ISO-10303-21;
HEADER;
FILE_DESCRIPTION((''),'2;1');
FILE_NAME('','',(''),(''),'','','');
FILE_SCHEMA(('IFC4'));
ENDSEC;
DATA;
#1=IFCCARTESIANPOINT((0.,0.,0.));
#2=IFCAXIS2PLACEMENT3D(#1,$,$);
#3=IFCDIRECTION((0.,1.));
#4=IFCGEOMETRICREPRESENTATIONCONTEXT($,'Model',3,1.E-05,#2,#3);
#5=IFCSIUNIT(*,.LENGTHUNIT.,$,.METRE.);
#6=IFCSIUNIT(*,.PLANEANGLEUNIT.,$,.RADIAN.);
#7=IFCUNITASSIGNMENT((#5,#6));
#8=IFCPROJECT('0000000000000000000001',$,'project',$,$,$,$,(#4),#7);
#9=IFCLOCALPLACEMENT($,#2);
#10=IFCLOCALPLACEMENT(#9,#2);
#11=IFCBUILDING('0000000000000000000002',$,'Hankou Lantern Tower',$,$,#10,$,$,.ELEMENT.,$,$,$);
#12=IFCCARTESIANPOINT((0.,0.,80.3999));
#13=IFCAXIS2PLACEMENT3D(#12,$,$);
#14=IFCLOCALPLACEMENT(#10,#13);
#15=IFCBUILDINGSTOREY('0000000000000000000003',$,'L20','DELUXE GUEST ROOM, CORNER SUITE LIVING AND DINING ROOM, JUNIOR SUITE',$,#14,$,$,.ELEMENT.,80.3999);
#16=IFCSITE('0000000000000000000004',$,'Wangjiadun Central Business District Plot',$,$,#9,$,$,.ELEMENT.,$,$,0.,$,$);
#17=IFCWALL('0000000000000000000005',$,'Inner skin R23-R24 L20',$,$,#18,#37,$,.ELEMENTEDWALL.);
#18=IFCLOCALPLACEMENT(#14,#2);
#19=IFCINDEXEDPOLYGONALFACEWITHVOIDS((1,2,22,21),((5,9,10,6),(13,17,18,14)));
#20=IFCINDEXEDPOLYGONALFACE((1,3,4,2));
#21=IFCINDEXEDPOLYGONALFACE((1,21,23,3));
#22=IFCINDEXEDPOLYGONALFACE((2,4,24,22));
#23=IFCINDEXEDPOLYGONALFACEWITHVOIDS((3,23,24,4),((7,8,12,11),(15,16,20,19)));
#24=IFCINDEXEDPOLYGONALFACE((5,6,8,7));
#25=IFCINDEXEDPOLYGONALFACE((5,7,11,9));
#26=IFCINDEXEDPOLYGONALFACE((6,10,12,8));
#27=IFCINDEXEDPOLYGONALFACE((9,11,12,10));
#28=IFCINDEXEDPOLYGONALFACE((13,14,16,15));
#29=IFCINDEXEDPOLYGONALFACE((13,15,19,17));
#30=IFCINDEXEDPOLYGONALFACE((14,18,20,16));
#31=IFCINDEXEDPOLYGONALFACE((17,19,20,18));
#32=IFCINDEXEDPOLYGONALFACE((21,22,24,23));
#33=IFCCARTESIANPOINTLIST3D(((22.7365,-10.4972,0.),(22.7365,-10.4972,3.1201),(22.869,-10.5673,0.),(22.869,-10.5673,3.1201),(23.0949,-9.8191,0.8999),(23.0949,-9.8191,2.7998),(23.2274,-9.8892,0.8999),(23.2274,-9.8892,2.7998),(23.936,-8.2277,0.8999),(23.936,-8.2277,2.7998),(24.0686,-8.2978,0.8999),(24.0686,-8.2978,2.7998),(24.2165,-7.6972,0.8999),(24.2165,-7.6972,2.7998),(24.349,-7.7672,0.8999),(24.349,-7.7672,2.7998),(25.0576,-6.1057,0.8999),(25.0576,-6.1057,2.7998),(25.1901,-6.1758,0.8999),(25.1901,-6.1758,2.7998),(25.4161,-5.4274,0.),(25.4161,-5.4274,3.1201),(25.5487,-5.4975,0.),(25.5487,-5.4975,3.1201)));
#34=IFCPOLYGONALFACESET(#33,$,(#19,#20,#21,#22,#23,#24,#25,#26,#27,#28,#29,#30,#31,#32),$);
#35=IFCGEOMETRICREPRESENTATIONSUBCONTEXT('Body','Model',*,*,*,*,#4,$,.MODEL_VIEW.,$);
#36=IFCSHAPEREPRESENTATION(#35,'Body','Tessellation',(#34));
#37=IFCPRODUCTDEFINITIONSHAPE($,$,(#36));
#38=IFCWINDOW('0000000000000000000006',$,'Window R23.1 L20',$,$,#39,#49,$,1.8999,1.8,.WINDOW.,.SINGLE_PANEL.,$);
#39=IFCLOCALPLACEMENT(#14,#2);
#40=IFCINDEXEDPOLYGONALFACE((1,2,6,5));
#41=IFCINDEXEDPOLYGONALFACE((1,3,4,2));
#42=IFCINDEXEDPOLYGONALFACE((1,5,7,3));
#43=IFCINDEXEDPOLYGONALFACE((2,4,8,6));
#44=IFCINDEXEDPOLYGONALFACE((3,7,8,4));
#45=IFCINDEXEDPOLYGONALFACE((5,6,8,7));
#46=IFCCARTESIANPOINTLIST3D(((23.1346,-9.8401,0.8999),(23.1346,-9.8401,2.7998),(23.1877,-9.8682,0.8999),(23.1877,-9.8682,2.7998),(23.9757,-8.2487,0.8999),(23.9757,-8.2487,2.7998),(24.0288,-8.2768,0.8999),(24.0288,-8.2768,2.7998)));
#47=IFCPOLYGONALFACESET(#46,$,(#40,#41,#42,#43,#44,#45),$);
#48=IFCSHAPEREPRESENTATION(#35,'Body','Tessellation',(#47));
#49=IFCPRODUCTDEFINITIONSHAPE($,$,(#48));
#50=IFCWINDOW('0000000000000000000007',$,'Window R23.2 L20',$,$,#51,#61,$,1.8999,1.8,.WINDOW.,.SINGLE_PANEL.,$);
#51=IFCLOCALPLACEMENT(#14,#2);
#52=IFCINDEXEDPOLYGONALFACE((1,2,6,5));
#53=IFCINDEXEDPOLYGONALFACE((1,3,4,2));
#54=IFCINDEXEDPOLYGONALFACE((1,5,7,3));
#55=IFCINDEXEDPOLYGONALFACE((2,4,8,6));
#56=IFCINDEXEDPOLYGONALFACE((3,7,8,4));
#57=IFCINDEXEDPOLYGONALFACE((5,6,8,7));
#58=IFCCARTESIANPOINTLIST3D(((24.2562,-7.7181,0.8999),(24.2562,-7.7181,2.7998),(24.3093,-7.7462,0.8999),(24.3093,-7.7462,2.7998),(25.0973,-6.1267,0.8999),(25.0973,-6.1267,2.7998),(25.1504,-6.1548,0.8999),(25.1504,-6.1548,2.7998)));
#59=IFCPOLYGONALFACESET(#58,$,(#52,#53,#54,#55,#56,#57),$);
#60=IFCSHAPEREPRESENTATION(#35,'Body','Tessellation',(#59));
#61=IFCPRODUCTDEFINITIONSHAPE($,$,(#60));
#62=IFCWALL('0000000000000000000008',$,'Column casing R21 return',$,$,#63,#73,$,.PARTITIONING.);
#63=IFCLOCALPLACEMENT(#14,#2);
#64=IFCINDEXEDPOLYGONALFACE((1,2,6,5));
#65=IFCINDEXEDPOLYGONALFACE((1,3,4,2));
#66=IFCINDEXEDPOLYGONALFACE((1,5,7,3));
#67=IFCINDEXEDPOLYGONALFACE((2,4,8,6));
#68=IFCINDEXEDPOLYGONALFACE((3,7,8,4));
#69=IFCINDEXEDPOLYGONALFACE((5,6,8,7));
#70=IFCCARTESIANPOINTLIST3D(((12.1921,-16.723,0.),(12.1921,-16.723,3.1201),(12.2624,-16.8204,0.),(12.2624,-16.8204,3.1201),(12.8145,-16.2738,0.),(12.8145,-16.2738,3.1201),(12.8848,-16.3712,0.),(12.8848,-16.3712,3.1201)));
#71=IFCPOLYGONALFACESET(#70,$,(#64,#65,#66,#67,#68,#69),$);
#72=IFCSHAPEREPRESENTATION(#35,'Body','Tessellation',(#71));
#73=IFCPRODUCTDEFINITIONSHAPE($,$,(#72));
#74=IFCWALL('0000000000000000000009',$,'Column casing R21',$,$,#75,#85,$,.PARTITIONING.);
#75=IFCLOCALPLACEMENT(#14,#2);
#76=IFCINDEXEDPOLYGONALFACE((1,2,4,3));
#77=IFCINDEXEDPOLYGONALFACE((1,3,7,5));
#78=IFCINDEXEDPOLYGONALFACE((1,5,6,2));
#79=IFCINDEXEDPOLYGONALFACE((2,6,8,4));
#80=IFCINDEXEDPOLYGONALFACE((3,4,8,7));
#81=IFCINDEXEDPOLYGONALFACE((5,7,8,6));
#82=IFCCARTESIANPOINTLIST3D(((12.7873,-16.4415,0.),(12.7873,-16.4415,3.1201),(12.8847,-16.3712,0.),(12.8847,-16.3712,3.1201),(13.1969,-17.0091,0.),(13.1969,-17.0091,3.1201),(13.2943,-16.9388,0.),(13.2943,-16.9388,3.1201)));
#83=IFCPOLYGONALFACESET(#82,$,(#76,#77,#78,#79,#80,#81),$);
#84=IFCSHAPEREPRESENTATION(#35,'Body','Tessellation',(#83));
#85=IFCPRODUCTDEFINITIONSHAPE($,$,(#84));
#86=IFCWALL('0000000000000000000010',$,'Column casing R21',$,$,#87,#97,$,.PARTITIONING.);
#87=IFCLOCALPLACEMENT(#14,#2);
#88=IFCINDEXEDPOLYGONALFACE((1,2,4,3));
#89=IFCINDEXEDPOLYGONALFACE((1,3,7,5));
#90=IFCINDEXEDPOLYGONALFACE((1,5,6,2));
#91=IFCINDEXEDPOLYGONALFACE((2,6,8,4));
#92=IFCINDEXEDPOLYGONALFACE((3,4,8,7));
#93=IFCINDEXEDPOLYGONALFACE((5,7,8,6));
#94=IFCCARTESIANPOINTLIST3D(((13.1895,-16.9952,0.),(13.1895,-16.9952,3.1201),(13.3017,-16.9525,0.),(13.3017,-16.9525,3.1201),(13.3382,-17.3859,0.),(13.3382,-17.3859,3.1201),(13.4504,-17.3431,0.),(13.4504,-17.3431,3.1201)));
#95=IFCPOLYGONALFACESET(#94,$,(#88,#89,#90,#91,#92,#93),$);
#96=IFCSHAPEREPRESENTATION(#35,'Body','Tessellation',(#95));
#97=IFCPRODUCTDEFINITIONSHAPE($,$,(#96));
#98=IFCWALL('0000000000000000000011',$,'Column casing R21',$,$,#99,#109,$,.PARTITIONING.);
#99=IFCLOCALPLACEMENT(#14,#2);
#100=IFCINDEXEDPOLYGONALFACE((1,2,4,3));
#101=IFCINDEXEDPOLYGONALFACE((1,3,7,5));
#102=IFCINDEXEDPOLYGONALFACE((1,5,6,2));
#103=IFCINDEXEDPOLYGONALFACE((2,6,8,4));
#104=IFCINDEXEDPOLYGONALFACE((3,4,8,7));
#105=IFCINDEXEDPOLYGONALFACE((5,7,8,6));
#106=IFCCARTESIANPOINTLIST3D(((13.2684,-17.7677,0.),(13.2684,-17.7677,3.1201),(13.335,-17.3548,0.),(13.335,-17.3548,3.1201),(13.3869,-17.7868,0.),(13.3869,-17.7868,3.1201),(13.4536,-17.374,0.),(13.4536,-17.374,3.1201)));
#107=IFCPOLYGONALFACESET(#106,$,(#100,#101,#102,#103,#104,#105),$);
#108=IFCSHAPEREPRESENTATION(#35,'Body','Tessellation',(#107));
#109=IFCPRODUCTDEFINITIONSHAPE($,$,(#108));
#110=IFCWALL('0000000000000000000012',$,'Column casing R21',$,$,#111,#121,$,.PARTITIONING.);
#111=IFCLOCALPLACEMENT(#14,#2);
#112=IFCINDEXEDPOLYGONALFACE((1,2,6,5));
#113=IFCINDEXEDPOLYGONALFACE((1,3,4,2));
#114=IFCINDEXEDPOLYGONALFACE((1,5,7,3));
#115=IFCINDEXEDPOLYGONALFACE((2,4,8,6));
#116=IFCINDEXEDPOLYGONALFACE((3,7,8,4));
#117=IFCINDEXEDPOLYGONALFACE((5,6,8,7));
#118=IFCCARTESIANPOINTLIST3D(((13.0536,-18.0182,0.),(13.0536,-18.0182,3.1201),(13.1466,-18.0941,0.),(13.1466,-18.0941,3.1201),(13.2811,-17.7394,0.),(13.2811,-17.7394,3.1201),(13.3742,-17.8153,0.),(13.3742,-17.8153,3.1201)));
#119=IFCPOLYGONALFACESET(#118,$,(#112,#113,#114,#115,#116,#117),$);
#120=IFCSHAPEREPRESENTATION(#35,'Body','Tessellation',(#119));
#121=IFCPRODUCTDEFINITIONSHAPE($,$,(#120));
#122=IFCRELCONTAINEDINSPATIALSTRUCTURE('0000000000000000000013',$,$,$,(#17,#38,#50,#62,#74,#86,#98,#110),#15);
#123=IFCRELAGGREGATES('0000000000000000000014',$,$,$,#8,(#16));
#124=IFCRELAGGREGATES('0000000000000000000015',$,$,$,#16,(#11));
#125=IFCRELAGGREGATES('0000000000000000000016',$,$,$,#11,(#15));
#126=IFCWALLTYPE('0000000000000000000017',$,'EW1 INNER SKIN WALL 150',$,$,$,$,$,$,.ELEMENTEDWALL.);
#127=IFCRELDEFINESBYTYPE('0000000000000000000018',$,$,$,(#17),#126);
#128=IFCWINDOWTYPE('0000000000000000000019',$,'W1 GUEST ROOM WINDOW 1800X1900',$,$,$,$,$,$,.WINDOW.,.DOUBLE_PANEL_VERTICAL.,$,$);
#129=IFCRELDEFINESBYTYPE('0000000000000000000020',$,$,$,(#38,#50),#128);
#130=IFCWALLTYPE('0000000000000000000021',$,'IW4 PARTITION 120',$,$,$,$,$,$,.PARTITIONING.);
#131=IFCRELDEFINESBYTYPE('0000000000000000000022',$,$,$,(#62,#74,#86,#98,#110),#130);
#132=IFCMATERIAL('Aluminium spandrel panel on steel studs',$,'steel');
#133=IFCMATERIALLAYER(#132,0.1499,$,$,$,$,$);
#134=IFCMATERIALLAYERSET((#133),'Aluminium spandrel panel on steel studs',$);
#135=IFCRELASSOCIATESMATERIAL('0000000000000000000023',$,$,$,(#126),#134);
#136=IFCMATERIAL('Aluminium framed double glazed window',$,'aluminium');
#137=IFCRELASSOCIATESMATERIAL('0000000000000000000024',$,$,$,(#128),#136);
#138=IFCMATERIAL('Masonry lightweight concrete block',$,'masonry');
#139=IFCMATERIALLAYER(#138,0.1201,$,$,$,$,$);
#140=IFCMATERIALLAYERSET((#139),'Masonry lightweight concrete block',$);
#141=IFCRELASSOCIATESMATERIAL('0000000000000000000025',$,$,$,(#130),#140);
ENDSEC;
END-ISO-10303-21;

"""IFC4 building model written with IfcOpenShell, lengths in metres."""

from ifc_helpers import new_model, si_unit, direction, frame, frame_2d, origin, place, context, subcontext, project, spatial, rectangle, extrude, material, layer, layer_set, type_object, element, fill, save


model = new_model("IFC4")

# Units and contexts
model_context = context("Model", 3, precision=1e-05, world=origin(), true_north=direction((0.0, 1.0)))
body_context = subcontext(model_context, "Body", "Model", "MODEL_VIEW")
ifc_project = project(units=[si_unit("LENGTHUNIT", "METRE"), si_unit("PLANEANGLEUNIT", "RADIAN")], contexts=[model_context])

# Site, building, storey
site_placement = place(None, origin())
site = spatial("IfcSite", under=ifc_project, at=site_placement, Name="Wangjiadun Central Business District Plot", CompositionType="ELEMENT", RefElevation=0.0)
building_placement = place(site_placement, origin())
building = spatial("IfcBuilding", under=site, at=building_placement, Name="Hankou Lantern Tower", CompositionType="ELEMENT")
storey_placement = place(building_placement, frame((0.0, 0.0, 80.3999)))
storey = spatial("IfcBuildingStorey", under=building, at=storey_placement, Name="L20", Description="DELUXE GUEST ROOM, CORNER SUITE LIVING AND DINING ROOM, JUNIOR SUITE", CompositionType="ELEMENT", Elevation=80.3999)

# Wall, openings, windows
ifc_material_1 = material(Name="Aluminium spandrel panel on steel studs", Category="steel")
ifc_layer_1 = layer(ifc_material_1, 0.1499)
ifc_layer_set_1 = layer_set([ifc_layer_1], Name="Aluminium spandrel panel on steel studs")
wall_type_1 = type_object("IfcWallType", Name="EW1 INNER SKIN WALL 150", PredefinedType="ELEMENTEDWALL", material=ifc_layer_set_1)
ifc_material_2 = material(Name="Aluminium framed double glazed window", Category="aluminium")
window_type = type_object("IfcWindowType", Name="W1 GUEST ROOM WINDOW 1800X1900", PartitioningType="DOUBLE_PANEL_VERTICAL", PredefinedType="WINDOW", material=ifc_material_2)
wall_1_placement = place(storey_placement, frame((22.8027, -10.5322, 0.0), z_axis=(0.0, 0.0, 1.0), x_axis=(0.467297, 0.8841, 0.0)))
wall_1 = element("IfcWall", 1, at=wall_1_placement, inside=storey, type_object=wall_type_1, Name="Inner skin R23-R24 L20", PredefinedType="ELEMENTEDWALL", context=body_context, shape_type="SweptSolid", body=[
    extrude(rectangle(XDim=5.7344, YDim=0.1499, at=frame_2d((2.8672, 0.0))), origin(), (0.0, 0.0, 1.0), 3.1201),
])
opening_1_placement = place(wall_1_placement, frame((0.7671, 0.0, 0.8999)))
opening_1 = element("IfcOpeningElement", 2, at=opening_1_placement, cuts=wall_1, PredefinedType="OPENING", context=body_context, shape_type="SweptSolid", body=[
    extrude(rectangle(XDim=1.8, YDim=1.8999, at=frame_2d((0.8999, 0.95))), frame((0.0, 0.085, 0.0), z_axis=(0.0, -1.0, 0.0), x_axis=(1.0, 0.0, 0.0)), (0.0, 0.0, 1.0), 0.1699),
])
opening_2_placement = place(wall_1_placement, frame((3.1672, 0.0, 0.8999)))
opening_2 = element("IfcOpeningElement", 3, at=opening_2_placement, cuts=wall_1, PredefinedType="OPENING", context=body_context, shape_type="SweptSolid", body=[
    extrude(rectangle(XDim=1.8, YDim=1.8999, at=frame_2d((0.8999, 0.95))), frame((0.0, 0.085, 0.0), z_axis=(0.0, -1.0, 0.0), x_axis=(1.0, 0.0, 0.0)), (0.0, 0.0, 1.0), 0.1699),
])
window_1_placement = place(opening_1_placement, origin())
window_1 = element("IfcWindow", 4, at=window_1_placement, inside=storey, type_object=window_type, Name="Window R23.1 L20", OverallHeight=1.8999, OverallWidth=1.8, PartitioningType="SINGLE_PANEL", PredefinedType="WINDOW", context=body_context, shape_type="SweptSolid", body=[
    extrude(rectangle(XDim=1.8, YDim=1.8999, at=frame_2d((0.8999, 0.95))), frame((0.0, 0.03, 0.0), z_axis=(0.0, -1.0, 0.0), x_axis=(1.0, 0.0, 0.0)), (0.0, 0.0, 1.0), 0.0601),
])
fill(opening_1, window_1)
window_2_placement = place(opening_2_placement, origin())
window_2 = element("IfcWindow", 5, at=window_2_placement, inside=storey, type_object=window_type, Name="Window R23.2 L20", OverallHeight=1.8999, OverallWidth=1.8, PartitioningType="SINGLE_PANEL", PredefinedType="WINDOW", context=body_context, shape_type="SweptSolid", body=[
    extrude(rectangle(XDim=1.8, YDim=1.8999, at=frame_2d((0.8999, 0.95))), frame((0.0, 0.03, 0.0), z_axis=(0.0, -1.0, 0.0), x_axis=(1.0, 0.0, 0.0)), (0.0, 0.0, 1.0), 0.0601),
])
fill(opening_2, window_2)

# Walls
ifc_material_3 = material(Name="Masonry lightweight concrete block", Category="masonry")
ifc_layer_2 = layer(ifc_material_3, 0.1201)
ifc_layer_set_2 = layer_set([ifc_layer_2], Name="Masonry lightweight concrete block")
wall_type_2 = type_object("IfcWallType", Name="IW4 PARTITION 120", PredefinedType="PARTITIONING", material=ifc_layer_set_2)
wall_2_placement = place(storey_placement, frame((12.2273, -16.7717, 0.0), z_axis=(0.0, 0.0, 1.0), x_axis=(0.810822, 0.585293, 0.0)))
element("IfcWall", 6, at=wall_2_placement, inside=storey, type_object=wall_type_2, Name="Column casing R21 return", PredefinedType="PARTITIONING", context=body_context, shape_type="SweptSolid", body=[
    extrude(rectangle(XDim=0.7676, YDim=0.1201, at=frame_2d((0.3838, 0.0))), origin(), (0.0, 0.0, 1.0), 3.1201),
])
wall_3_placement = place(storey_placement, frame((12.8359, -16.4062, 0.0), z_axis=(0.0, 0.0, 1.0), x_axis=(0.585223, -0.810872, 0.0)))
element("IfcWall", 7, at=wall_3_placement, inside=storey, type_object=wall_type_2, Name="Column casing R21", PredefinedType="PARTITIONING", context=body_context, shape_type="SweptSolid", body=[
    extrude(rectangle(XDim=0.7, YDim=0.1201, at=frame_2d((0.3501, 0.0))), origin(), (0.0, 0.0, 1.0), 3.1201),
])
wall_4_placement = place(storey_placement, frame((13.2456, -16.9739, 0.0), z_axis=(0.0, 0.0, 1.0), x_axis=(0.355728, -0.934589, 0.0)))
element("IfcWall", 8, at=wall_4_placement, inside=storey, type_object=wall_type_2, Name="Column casing R21", PredefinedType="PARTITIONING", context=body_context, shape_type="SweptSolid", body=[
    extrude(rectangle(XDim=0.418, YDim=0.1201, at=frame_2d((0.209, 0.0))), origin(), (0.0, 0.0, 1.0), 3.1201),
])
wall_5_placement = place(storey_placement, frame((13.3943, -17.3645, 0.0), z_axis=(0.0, 0.0, 1.0), x_axis=(-0.159379, -0.987217, 0.0)))
element("IfcWall", 9, at=wall_5_placement, inside=storey, type_object=wall_type_2, Name="Column casing R21", PredefinedType="PARTITIONING", context=body_context, shape_type="SweptSolid", body=[
    extrude(rectangle(XDim=0.4182, YDim=0.1201, at=frame_2d((0.209, 0.0))), origin(), (0.0, 0.0, 1.0), 3.1201),
])
wall_6_placement = place(storey_placement, frame((13.3276, -17.7773, 0.0), z_axis=(0.0, 0.0, 1.0), x_axis=(-0.632277, -0.774743, 0.0)))
element("IfcWall", 10, at=wall_6_placement, inside=storey, type_object=wall_type_2, Name="Column casing R21", PredefinedType="PARTITIONING", context=body_context, shape_type="SweptSolid", body=[
    extrude(rectangle(XDim=0.3599, YDim=0.1201, at=frame_2d((0.1799, 0.0))), origin(), (0.0, 0.0, 1.0), 3.1201),
])

save(model, "model.ifc")
